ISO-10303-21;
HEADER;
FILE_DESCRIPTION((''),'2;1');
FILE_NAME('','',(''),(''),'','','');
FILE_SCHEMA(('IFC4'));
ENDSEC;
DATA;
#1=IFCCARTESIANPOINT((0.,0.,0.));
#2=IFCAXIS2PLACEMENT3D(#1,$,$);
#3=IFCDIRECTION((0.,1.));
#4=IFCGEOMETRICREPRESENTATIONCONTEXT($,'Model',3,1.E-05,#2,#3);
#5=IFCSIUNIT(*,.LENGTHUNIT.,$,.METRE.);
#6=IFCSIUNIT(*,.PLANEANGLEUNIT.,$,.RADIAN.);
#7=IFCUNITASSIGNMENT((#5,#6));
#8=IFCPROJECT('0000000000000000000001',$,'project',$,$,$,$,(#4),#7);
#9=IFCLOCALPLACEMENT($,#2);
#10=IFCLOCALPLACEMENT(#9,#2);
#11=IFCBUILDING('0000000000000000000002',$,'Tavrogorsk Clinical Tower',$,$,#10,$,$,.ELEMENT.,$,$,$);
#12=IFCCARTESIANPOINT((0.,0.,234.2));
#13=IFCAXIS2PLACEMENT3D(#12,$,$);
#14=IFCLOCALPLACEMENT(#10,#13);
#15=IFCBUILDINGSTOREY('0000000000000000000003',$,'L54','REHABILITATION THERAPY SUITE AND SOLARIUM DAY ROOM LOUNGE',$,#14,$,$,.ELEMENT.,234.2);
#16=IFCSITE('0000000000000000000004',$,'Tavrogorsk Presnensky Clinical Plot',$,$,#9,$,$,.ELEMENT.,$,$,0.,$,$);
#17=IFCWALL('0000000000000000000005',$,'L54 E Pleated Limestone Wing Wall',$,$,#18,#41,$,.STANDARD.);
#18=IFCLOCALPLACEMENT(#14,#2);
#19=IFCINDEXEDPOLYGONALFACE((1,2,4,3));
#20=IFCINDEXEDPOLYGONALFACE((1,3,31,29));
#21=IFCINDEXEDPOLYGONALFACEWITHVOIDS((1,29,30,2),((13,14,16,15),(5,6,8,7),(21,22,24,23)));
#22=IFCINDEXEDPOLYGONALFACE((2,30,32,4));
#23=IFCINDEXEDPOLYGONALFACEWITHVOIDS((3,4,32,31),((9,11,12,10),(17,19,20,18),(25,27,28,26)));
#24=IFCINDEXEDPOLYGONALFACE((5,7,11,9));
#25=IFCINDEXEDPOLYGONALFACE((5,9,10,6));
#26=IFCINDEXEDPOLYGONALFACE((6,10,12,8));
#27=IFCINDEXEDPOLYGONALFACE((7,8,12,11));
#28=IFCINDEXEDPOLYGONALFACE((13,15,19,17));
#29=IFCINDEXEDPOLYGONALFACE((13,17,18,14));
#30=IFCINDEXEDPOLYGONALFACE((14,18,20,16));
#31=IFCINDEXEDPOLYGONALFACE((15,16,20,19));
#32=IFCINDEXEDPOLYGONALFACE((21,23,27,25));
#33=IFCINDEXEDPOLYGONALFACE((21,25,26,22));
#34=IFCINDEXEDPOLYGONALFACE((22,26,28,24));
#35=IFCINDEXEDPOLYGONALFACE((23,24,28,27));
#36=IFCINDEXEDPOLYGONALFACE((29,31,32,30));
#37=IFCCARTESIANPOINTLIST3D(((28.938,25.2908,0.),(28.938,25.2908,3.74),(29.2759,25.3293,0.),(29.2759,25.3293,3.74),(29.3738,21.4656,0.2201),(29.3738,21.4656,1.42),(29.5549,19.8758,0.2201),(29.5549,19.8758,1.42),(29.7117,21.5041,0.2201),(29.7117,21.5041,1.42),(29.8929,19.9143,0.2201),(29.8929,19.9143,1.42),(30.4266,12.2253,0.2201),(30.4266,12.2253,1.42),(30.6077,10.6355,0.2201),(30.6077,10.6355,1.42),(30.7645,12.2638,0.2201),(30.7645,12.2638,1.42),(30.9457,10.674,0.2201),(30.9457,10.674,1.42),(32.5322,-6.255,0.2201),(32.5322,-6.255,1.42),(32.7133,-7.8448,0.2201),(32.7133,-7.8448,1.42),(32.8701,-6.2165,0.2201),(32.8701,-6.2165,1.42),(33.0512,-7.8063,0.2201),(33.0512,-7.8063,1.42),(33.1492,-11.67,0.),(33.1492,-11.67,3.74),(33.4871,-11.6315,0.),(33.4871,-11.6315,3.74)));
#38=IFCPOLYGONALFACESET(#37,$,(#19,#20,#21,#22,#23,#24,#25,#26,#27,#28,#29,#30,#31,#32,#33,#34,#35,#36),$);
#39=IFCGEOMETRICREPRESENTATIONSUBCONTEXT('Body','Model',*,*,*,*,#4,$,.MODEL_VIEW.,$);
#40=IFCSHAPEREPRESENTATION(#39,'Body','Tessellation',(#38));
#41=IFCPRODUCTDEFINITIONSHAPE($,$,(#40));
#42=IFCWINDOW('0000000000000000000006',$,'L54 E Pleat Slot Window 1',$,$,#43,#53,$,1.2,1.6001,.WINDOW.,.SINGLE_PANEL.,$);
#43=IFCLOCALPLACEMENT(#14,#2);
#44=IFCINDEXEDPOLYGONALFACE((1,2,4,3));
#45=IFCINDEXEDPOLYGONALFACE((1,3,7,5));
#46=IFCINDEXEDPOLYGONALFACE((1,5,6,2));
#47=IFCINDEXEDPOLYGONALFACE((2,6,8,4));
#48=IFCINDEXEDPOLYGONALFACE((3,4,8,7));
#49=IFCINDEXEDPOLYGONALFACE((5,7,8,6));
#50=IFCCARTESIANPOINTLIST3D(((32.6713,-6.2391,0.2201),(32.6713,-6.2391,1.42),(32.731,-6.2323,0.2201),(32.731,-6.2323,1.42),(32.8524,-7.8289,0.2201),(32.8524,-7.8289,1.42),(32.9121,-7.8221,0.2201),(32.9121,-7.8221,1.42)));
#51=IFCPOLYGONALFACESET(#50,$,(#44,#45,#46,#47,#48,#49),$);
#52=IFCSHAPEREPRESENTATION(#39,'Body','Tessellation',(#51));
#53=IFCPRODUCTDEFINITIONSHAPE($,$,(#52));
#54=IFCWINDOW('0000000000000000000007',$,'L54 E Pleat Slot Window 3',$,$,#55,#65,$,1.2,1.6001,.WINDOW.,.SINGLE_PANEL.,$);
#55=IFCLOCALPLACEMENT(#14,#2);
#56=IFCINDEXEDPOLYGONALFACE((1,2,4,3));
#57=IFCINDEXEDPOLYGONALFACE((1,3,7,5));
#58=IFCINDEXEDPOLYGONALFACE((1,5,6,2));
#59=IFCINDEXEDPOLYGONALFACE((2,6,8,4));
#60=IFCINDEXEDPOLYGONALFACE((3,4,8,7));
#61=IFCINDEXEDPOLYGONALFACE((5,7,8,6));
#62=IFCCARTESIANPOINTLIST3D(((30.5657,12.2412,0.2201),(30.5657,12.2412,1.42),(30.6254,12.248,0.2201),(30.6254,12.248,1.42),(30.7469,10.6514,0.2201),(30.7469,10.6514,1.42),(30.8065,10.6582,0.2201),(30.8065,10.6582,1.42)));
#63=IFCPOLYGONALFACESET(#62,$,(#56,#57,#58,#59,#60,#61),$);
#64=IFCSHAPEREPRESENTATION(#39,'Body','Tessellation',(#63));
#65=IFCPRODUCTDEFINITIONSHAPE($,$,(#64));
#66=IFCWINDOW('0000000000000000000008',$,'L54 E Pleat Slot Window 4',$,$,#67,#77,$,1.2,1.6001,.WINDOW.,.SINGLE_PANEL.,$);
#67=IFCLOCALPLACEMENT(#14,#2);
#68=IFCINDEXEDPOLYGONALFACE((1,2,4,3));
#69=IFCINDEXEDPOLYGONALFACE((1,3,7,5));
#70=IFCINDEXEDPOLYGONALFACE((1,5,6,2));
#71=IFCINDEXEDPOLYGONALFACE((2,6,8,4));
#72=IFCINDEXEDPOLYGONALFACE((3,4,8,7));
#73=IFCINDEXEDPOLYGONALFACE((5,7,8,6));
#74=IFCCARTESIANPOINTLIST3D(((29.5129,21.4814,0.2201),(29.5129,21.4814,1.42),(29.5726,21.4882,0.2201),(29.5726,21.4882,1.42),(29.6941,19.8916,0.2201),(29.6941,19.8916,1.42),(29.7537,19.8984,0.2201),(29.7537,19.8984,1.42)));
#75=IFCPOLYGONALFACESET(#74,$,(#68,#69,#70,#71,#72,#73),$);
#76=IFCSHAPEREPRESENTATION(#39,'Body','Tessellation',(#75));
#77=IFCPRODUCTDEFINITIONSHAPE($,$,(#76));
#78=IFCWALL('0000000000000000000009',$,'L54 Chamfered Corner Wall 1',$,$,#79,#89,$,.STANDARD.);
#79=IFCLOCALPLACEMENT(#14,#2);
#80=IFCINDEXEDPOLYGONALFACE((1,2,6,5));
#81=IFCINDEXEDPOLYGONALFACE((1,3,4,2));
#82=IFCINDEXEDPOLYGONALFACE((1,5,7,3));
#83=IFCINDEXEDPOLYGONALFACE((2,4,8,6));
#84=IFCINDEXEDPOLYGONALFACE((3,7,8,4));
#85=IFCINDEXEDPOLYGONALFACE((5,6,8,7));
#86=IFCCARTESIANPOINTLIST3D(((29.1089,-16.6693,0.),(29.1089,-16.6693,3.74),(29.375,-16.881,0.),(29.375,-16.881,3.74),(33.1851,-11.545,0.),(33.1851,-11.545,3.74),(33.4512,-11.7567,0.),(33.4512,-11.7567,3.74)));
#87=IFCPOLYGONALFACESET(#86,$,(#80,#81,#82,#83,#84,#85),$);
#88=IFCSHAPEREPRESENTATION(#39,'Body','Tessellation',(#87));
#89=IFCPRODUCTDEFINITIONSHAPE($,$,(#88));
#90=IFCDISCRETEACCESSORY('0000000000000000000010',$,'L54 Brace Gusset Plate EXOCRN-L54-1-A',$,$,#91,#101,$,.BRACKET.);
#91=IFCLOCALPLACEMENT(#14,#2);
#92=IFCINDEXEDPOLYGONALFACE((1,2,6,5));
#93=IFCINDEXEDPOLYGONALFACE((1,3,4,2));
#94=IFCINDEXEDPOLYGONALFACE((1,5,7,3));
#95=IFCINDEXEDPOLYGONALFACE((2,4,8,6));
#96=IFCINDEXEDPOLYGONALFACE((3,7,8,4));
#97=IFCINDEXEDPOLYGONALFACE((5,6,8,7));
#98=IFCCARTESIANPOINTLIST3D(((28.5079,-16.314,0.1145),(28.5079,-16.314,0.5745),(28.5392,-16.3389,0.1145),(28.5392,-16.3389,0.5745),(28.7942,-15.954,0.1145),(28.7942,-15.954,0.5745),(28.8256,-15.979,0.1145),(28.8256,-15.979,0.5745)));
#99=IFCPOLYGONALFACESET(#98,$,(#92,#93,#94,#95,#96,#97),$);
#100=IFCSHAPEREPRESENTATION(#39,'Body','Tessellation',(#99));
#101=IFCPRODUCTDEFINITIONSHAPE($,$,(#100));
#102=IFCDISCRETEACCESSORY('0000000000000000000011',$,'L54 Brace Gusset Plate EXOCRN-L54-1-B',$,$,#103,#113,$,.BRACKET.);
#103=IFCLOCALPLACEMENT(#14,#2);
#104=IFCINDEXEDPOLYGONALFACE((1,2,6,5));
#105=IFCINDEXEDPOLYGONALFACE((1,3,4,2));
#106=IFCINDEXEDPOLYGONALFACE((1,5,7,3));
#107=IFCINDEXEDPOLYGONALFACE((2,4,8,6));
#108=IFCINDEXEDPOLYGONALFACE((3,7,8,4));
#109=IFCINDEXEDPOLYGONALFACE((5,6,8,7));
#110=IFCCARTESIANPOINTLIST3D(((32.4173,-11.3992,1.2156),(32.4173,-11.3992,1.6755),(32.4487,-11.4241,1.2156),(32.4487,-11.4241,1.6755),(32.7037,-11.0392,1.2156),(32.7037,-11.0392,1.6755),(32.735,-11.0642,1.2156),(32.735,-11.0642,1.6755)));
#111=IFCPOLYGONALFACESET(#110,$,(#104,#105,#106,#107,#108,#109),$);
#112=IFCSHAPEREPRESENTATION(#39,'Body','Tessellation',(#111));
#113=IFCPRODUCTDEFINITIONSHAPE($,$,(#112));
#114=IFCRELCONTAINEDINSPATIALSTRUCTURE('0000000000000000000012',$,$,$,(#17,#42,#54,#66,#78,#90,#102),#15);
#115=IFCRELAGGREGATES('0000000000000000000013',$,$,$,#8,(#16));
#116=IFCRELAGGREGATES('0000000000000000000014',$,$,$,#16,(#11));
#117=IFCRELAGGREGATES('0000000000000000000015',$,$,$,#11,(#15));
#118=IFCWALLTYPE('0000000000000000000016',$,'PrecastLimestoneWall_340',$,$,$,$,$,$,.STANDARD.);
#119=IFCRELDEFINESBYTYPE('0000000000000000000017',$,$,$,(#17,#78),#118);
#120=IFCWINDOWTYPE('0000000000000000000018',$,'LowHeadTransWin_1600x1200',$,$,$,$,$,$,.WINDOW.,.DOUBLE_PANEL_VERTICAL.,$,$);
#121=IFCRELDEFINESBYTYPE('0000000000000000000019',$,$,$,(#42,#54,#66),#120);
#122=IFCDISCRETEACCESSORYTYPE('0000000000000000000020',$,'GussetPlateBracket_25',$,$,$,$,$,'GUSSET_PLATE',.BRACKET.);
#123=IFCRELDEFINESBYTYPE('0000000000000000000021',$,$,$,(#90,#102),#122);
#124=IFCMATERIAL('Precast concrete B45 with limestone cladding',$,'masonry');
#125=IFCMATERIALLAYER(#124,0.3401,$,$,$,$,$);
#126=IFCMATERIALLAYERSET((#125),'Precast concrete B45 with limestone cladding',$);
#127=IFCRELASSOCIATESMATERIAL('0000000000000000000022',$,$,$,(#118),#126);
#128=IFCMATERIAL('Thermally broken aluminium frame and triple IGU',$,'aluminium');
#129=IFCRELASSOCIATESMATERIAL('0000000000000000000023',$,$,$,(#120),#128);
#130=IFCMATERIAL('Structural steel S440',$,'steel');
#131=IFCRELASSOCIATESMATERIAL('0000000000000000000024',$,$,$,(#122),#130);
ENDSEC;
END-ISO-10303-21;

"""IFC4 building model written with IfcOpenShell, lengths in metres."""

from ifc_helpers import new_model, si_unit, direction, frame, frame_2d, origin, origin_2d, place, context, subcontext, project, spatial, rectangle, extrude, material, layer, layer_set, type_object, element, fill, save


model = new_model("IFC4")

# Units and contexts
model_context = context("Model", 3, precision=1e-05, world=origin(), true_north=direction((0.0, 1.0)))
body_context = subcontext(model_context, "Body", "Model", "MODEL_VIEW")
ifc_project = project(units=[si_unit("LENGTHUNIT", "METRE"), si_unit("PLANEANGLEUNIT", "RADIAN")], contexts=[model_context])

# Site, building, storey
site_placement = place(None, origin())
site = spatial("IfcSite", under=ifc_project, at=site_placement, Name="Tavrogorsk Presnensky Clinical Plot", CompositionType="ELEMENT", RefElevation=0.0)
building_placement = place(site_placement, origin())
building = spatial("IfcBuilding", under=site, at=building_placement, Name="Tavrogorsk Clinical Tower", CompositionType="ELEMENT")
storey_placement = place(building_placement, frame((0.0, 0.0, 234.2)))
storey = spatial("IfcBuildingStorey", under=building, at=storey_placement, Name="L54", Description="REHABILITATION THERAPY SUITE AND SOLARIUM DAY ROOM LOUNGE", CompositionType="ELEMENT", Elevation=234.2)

# Wall, openings, windows
ifc_material_1 = material(Name="Precast concrete B45 with limestone cladding", Category="masonry")
ifc_layer_1 = layer(ifc_material_1, 0.3401)
ifc_layer_set_1 = layer_set([ifc_layer_1], Name="Precast concrete B45 with limestone cladding")
wall_type_1 = type_object("IfcWallType", Name="PrecastLimestoneWall_340", PredefinedType="STANDARD", material=ifc_layer_set_1)
wall_1_placement = place(storey_placement, frame((33.3181, -11.6509, 0.0), z_axis=(0.0, 0.0, 1.0), x_axis=(-0.113204, 0.993572, 0.0)))
wall_1 = element("IfcWall", 1, at=wall_1_placement, inside=storey, type_object=wall_type_1, Name="L54 E Pleated Limestone Wing Wall", PredefinedType="STANDARD", context=body_context, shape_type="SweptSolid", body=[
    extrude(rectangle(XDim=37.2, YDim=0.3401, at=frame_2d((18.6001, 0.0))), origin(), (0.0, 0.0, 1.0), 3.74),
])
opening_1_placement = place(wall_1_placement, frame((3.8501, 0.0, 0.22)))
opening_1 = element("IfcOpeningElement", 2, at=opening_1_placement, cuts=wall_1, PredefinedType="OPENING", context=body_context, shape_type="SweptSolid", body=[
    extrude(rectangle(XDim=1.6001, YDim=1.2, at=frame_2d((0.8, 0.6001))), frame((0.0, 0.1799, 0.0), z_axis=(0.0, -1.0, 0.0), x_axis=(1.0, 0.0, 0.0)), (0.0, 0.0, 1.0), 0.3601),
])
opening_2_placement = place(wall_1_placement, frame((22.45, 0.0, 0.22)))
opening_2 = element("IfcOpeningElement", 3, at=opening_2_placement, cuts=wall_1, PredefinedType="OPENING", context=body_context, shape_type="SweptSolid", body=[
    extrude(rectangle(XDim=1.6001, YDim=1.2, at=frame_2d((0.8, 0.6001))), frame((0.0, 0.1799, 0.0), z_axis=(0.0, -1.0, 0.0), x_axis=(1.0, 0.0, 0.0)), (0.0, 0.0, 1.0), 0.3601),
])
opening_3_placement = place(wall_1_placement, frame((31.75, 0.0, 0.22)))
opening_3 = element("IfcOpeningElement", 4, at=opening_3_placement, cuts=wall_1, PredefinedType="OPENING", context=body_context, shape_type="SweptSolid", body=[
    extrude(rectangle(XDim=1.6001, YDim=1.2, at=frame_2d((0.8, 0.6001))), frame((0.0, 0.1799, 0.0), z_axis=(0.0, -1.0, 0.0), x_axis=(1.0, 0.0, 0.0)), (0.0, 0.0, 1.0), 0.3601),
])
ifc_material_2 = material(Name="Thermally broken aluminium frame and triple IGU", Category="aluminium")
window_type = type_object("IfcWindowType", Name="LowHeadTransWin_1600x1200", PartitioningType="DOUBLE_PANEL_VERTICAL", PredefinedType="WINDOW", material=ifc_material_2)
window_1_placement = place(opening_1_placement, origin())
window_1 = element("IfcWindow", 5, at=window_1_placement, inside=storey, type_object=window_type, Name="L54 E Pleat Slot Window 1", OverallHeight=1.2, OverallWidth=1.6001, PartitioningType="SINGLE_PANEL", PredefinedType="WINDOW", context=body_context, shape_type="SweptSolid", body=[
    extrude(rectangle(XDim=1.6001, YDim=1.2, at=frame_2d((0.8, 0.6001))), frame((0.0, 0.03, 0.0), z_axis=(0.0, -1.0, 0.0), x_axis=(1.0, 0.0, 0.0)), (0.0, 0.0, 1.0), 0.0601),
])
fill(opening_1, window_1)
window_2_placement = place(opening_2_placement, origin())
window_2 = element("IfcWindow", 6, at=window_2_placement, inside=storey, type_object=window_type, Name="L54 E Pleat Slot Window 3", OverallHeight=1.2, OverallWidth=1.6001, PartitioningType="SINGLE_PANEL", PredefinedType="WINDOW", context=body_context, shape_type="SweptSolid", body=[
    extrude(rectangle(XDim=1.6001, YDim=1.2, at=frame_2d((0.8, 0.6001))), frame((0.0, 0.03, 0.0), z_axis=(0.0, -1.0, 0.0), x_axis=(1.0, 0.0, 0.0)), (0.0, 0.0, 1.0), 0.0601),
])
fill(opening_2, window_2)
window_3_placement = place(opening_3_placement, origin())
window_3 = element("IfcWindow", 7, at=window_3_placement, inside=storey, type_object=window_type, Name="L54 E Pleat Slot Window 4", OverallHeight=1.2, OverallWidth=1.6001, PartitioningType="SINGLE_PANEL", PredefinedType="WINDOW", context=body_context, shape_type="SweptSolid", body=[
    extrude(rectangle(XDim=1.6001, YDim=1.2, at=frame_2d((0.8, 0.6001))), frame((0.0, 0.03, 0.0), z_axis=(0.0, -1.0, 0.0), x_axis=(1.0, 0.0, 0.0)), (0.0, 0.0, 1.0), 0.0601),
])
fill(opening_3, window_3)

# Wall
wall_2_placement = place(storey_placement, frame((29.2419, -16.7751, 0.0), z_axis=(0.0, 0.0, 1.0), x_axis=(0.622528, 0.782597, 0.0)))
element("IfcWall", 8, at=wall_2_placement, inside=storey, type_object=wall_type_1, Name="L54 Chamfered Corner Wall 1", PredefinedType="STANDARD", context=body_context, shape_type="SweptSolid", body=[
    extrude(rectangle(XDim=6.5479, YDim=0.3401, at=frame_2d((3.2739, 0.0))), origin(), (0.0, 0.0, 1.0), 3.74),
])

# Discrete accessories
ifc_material_3 = material(Name="Structural steel S440", Category="steel")
discrete_accessory_type = type_object("IfcDiscreteAccessoryType", Name="GussetPlateBracket_25", ElementType="GUSSET_PLATE", PredefinedType="BRACKET", material=ifc_material_3)
for number, where, z_axis, x_axis, name in (
    (9, (28.6667, -16.1465, 0.1145), (0.0, 0.0, 1.0), (0.622515, 0.782608, 0.0), "L54 Brace Gusset Plate EXOCRN-L54-1-A"),
    (10, (32.5762, -11.2317, 1.2156), (0.0, 0.0, 1.0), (0.622515, 0.782608, 0.0), "L54 Brace Gusset Plate EXOCRN-L54-1-B"),
):
    element("IfcDiscreteAccessory", number, at=place(storey_placement, frame(where, z_axis=z_axis, x_axis=x_axis)), inside=storey, type_object=discrete_accessory_type, Name=name, PredefinedType="BRACKET", context=body_context, shape_type="SweptSolid", body=[
        extrude(rectangle(XDim=0.46, YDim=0.04, at=origin_2d()), origin(), (0.0, 0.0, 1.0), 0.46),
    ])

save(model, "model.ifc")
